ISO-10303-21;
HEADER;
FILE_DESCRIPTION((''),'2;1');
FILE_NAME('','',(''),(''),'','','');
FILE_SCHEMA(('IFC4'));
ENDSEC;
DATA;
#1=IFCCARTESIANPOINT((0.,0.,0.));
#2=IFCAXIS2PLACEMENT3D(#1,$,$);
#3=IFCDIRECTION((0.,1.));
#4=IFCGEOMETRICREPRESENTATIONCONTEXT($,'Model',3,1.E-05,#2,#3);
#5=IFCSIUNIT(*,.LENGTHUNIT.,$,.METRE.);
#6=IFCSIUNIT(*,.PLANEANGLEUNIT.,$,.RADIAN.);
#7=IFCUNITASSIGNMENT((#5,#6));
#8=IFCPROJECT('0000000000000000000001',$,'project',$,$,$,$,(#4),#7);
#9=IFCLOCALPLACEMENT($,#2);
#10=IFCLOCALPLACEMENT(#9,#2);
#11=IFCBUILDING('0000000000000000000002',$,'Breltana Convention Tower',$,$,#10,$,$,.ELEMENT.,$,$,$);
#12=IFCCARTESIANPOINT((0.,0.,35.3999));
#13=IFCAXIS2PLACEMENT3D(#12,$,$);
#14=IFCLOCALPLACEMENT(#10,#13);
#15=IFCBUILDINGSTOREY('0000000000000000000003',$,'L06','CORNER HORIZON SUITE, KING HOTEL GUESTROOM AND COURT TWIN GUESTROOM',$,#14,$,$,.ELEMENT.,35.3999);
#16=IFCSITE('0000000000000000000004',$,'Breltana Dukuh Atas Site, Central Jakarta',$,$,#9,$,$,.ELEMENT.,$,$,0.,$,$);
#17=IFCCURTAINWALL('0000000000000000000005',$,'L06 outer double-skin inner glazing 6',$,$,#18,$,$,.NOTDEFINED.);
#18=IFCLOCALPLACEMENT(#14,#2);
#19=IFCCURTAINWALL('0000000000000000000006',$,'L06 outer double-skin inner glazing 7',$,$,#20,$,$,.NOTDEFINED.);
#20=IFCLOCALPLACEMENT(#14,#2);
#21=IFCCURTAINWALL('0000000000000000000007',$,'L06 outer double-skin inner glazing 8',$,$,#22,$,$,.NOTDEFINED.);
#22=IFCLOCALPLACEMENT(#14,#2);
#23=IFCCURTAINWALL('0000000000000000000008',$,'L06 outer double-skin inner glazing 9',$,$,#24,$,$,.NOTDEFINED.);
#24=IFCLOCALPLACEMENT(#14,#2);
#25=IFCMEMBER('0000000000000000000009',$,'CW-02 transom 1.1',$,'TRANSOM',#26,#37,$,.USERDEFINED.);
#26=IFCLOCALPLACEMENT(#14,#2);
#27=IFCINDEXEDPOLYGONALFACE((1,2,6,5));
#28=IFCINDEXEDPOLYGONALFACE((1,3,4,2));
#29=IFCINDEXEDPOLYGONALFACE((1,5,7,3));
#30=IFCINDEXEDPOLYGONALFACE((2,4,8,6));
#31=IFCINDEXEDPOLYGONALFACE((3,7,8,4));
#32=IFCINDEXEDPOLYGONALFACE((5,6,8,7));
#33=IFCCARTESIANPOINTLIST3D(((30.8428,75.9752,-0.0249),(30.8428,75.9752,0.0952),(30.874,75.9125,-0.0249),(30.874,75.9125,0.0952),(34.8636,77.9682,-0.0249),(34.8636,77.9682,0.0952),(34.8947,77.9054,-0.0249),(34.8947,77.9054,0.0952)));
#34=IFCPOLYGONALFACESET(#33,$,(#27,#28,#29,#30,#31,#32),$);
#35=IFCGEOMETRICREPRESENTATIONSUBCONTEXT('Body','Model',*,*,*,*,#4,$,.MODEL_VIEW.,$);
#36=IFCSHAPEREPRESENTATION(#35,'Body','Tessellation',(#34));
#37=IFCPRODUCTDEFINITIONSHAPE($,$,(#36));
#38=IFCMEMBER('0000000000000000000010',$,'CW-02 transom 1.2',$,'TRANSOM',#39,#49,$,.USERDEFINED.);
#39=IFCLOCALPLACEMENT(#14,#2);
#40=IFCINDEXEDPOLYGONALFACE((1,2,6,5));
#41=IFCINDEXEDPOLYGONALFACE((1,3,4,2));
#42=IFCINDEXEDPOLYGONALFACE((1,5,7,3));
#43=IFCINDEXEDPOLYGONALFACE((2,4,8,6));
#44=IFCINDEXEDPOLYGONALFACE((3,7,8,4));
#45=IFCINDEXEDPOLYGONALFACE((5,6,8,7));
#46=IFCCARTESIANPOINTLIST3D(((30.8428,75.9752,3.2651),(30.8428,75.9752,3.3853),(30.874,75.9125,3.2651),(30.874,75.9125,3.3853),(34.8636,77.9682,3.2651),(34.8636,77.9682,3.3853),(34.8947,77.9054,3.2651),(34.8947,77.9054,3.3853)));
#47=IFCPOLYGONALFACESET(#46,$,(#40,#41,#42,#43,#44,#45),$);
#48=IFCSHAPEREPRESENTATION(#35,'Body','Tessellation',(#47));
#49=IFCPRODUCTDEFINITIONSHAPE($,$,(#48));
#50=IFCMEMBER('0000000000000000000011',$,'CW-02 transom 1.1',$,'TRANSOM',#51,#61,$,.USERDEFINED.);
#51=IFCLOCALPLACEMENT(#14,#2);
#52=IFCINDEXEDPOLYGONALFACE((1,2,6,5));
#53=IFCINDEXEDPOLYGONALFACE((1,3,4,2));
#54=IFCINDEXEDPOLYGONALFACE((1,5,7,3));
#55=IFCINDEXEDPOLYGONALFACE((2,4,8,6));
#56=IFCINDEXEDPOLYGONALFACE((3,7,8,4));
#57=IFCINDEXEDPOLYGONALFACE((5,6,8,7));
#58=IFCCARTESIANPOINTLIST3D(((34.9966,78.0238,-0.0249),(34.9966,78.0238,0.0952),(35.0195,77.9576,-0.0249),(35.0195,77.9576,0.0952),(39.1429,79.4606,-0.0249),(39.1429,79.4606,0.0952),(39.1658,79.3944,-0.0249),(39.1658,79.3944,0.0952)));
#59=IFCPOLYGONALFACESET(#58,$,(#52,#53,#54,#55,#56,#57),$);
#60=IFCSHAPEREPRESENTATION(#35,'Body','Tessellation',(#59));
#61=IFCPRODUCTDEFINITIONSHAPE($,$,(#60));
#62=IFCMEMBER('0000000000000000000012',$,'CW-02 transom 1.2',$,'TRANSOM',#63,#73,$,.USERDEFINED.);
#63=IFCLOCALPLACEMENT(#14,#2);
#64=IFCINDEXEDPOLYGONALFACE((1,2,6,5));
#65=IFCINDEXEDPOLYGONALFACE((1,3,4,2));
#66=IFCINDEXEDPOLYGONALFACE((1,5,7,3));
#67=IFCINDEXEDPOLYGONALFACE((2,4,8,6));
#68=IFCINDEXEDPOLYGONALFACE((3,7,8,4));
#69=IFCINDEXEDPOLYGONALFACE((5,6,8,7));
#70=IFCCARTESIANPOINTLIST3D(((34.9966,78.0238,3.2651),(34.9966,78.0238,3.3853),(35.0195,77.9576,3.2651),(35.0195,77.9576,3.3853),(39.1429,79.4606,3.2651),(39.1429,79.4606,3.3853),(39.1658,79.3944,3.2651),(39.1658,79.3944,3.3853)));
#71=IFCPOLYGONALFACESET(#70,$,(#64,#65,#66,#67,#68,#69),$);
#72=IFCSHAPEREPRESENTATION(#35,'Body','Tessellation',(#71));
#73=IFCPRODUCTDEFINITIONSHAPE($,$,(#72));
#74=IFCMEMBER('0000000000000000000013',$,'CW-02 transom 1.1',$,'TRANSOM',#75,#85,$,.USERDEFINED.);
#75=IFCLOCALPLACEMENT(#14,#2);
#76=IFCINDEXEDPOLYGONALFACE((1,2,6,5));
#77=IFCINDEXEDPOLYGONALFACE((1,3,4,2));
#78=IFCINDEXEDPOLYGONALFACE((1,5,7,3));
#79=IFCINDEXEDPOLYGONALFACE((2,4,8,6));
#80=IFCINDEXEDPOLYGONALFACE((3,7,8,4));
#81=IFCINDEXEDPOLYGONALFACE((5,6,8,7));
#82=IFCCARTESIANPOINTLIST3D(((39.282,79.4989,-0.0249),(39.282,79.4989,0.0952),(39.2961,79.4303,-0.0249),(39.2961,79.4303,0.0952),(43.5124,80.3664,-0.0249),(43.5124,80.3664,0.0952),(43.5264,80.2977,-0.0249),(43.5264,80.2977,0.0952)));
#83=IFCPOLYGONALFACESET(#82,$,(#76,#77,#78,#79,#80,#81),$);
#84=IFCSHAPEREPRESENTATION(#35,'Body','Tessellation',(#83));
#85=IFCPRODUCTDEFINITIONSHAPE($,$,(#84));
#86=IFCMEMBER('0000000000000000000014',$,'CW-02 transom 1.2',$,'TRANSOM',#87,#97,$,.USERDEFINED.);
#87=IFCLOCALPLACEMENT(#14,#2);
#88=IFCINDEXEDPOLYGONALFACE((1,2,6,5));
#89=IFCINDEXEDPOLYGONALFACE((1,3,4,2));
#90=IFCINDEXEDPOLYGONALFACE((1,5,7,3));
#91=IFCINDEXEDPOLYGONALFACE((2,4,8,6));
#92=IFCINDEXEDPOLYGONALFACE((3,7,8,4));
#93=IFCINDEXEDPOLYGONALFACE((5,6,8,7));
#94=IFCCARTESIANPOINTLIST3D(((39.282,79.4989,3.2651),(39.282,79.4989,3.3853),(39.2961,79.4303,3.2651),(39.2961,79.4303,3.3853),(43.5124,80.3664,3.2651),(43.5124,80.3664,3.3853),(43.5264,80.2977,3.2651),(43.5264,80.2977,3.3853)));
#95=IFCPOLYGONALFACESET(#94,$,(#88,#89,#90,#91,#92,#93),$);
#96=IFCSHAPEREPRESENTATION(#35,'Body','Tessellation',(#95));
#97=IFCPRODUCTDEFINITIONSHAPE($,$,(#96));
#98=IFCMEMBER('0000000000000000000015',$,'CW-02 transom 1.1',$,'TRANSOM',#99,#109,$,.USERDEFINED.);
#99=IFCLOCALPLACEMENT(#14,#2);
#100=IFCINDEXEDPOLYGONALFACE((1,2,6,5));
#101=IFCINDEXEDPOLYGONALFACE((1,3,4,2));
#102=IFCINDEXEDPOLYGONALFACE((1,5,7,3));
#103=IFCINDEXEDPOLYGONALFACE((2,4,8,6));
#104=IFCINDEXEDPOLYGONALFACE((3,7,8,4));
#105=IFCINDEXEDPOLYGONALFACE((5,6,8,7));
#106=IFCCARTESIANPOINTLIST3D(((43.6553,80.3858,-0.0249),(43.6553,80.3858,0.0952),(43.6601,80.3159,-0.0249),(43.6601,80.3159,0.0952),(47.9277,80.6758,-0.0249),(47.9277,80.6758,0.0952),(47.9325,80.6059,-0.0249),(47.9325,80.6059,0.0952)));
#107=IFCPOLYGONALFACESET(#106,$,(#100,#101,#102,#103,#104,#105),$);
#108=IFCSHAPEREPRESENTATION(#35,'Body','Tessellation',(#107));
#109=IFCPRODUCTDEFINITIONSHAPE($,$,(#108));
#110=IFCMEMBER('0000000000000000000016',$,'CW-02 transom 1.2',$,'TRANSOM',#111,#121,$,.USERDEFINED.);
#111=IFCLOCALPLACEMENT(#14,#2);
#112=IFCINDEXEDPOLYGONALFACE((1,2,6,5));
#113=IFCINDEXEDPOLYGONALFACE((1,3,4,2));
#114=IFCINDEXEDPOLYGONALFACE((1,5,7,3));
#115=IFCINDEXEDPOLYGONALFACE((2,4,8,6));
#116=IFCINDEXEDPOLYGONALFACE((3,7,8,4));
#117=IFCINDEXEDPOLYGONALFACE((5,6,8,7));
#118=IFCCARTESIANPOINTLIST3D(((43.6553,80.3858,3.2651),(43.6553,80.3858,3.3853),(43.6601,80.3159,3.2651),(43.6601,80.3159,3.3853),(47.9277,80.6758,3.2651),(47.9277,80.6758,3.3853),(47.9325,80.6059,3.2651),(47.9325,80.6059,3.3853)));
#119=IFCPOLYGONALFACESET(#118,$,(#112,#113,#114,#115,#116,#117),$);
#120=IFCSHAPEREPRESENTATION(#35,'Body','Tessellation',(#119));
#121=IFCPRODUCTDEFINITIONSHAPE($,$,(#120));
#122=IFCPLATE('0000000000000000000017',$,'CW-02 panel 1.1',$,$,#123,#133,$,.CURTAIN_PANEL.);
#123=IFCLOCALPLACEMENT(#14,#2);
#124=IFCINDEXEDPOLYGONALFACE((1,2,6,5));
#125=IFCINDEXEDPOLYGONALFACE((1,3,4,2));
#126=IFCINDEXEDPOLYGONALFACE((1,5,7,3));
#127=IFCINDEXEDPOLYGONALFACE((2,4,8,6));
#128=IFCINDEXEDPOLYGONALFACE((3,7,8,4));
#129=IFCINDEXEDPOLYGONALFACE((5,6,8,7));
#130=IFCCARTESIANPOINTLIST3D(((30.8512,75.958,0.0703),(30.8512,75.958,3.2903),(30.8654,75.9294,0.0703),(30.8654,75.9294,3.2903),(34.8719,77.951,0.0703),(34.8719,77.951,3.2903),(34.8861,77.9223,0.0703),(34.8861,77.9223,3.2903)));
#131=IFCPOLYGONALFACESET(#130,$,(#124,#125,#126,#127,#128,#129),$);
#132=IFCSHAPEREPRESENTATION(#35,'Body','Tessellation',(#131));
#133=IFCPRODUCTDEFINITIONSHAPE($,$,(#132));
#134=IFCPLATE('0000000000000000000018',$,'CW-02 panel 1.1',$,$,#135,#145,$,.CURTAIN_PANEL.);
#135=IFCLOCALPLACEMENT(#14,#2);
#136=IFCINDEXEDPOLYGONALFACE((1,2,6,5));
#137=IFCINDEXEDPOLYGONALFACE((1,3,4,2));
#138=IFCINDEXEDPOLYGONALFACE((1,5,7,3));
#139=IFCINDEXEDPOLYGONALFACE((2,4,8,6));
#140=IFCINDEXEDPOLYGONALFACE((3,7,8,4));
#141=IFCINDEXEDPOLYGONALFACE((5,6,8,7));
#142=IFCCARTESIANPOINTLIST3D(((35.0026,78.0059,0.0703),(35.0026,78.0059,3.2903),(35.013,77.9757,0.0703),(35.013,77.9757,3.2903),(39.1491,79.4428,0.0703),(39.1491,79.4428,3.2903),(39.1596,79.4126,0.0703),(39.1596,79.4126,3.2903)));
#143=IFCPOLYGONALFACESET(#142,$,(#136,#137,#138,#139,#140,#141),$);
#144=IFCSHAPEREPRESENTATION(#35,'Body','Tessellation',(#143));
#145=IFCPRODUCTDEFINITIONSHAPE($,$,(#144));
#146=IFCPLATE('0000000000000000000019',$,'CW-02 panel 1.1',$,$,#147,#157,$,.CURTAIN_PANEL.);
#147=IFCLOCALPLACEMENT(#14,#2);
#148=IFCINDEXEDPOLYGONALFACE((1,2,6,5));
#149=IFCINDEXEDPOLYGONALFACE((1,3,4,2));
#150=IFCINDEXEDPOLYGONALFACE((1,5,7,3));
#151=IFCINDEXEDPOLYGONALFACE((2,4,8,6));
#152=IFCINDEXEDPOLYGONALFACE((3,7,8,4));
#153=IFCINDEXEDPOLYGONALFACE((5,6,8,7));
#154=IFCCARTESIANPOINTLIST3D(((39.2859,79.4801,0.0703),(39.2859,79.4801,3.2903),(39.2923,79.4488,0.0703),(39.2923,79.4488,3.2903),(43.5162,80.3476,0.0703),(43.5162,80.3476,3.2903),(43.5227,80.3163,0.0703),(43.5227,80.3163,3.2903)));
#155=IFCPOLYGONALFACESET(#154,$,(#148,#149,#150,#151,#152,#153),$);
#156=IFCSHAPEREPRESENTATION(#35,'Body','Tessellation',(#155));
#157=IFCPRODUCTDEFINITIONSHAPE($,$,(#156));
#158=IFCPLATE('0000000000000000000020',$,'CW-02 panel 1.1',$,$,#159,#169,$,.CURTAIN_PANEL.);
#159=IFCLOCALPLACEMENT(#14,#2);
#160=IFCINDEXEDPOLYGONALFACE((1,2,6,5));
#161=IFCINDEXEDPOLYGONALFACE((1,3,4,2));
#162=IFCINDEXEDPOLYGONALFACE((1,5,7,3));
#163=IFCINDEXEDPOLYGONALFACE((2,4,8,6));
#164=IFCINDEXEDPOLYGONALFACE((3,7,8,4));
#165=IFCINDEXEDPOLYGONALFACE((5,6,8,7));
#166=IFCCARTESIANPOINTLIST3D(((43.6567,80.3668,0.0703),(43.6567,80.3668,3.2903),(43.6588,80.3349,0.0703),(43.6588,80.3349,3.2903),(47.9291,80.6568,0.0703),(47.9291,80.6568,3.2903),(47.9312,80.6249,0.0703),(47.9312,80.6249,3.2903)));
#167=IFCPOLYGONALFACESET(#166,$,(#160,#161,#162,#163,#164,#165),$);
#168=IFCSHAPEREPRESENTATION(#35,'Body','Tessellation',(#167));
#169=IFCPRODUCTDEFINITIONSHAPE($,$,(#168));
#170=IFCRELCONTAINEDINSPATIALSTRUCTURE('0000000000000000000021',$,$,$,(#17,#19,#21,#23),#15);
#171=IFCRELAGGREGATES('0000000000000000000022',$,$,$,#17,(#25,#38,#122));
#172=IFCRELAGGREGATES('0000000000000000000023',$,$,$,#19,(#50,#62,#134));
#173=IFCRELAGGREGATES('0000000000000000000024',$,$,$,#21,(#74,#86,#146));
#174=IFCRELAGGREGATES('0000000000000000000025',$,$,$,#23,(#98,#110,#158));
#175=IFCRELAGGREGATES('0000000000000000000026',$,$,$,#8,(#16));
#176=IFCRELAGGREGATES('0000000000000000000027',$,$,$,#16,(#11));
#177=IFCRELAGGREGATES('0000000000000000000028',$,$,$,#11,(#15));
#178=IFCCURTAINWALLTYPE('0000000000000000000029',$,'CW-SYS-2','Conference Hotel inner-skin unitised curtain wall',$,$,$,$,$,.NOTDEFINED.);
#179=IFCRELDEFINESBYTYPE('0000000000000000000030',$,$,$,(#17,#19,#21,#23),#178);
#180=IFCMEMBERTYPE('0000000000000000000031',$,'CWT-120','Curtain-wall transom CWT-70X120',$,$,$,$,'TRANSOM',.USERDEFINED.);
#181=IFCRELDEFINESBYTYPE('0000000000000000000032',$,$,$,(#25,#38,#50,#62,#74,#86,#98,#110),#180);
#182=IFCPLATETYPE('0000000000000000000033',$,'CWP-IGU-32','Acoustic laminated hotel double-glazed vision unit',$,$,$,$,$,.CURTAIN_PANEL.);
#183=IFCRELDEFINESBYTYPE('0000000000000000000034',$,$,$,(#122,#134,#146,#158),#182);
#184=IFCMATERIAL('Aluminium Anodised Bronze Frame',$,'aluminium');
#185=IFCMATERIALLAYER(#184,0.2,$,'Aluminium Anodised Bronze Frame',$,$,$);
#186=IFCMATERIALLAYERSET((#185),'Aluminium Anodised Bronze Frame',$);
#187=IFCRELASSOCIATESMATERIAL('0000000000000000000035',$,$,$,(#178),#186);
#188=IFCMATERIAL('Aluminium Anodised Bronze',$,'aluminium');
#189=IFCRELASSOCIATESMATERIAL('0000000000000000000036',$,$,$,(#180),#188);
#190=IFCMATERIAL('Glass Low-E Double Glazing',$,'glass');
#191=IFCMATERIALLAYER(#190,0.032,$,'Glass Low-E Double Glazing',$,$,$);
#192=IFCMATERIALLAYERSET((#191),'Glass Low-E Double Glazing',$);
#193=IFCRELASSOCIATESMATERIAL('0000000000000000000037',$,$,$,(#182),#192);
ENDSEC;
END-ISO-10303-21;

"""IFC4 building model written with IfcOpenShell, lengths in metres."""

from ifc_helpers import new_model, si_unit, direction, frame, origin, origin_2d, place, context, subcontext, project, spatial, rectangle, extrude, source, transform, mapped, material, layer, layer_set, material_profile, profile_set, type_object, element, aggregate, save


model = new_model("IFC4")

# Units and contexts
model_context = context("Model", 3, precision=1e-05, world=origin(), true_north=direction((0.0, 1.0)))
body_context = subcontext(model_context, "Body", "Model", "MODEL_VIEW")
ifc_project = project(units=[si_unit("LENGTHUNIT", "METRE"), si_unit("PLANEANGLEUNIT", "RADIAN")], contexts=[model_context])

# Site, building, storey
site_placement = place(None, origin())
site = spatial("IfcSite", under=ifc_project, at=site_placement, Name="Breltana Dukuh Atas Site, Central Jakarta", CompositionType="ELEMENT", RefElevation=0.0)
building_placement = place(site_placement, origin())
building = spatial("IfcBuilding", under=site, at=building_placement, Name="Breltana Convention Tower", CompositionType="ELEMENT")
storey_placement = place(building_placement, frame((0.0, 0.0, 35.3999)))
storey = spatial("IfcBuildingStorey", under=building, at=storey_placement, Name="L06", Description="CORNER HORIZON SUITE, KING HOTEL GUESTROOM AND COURT TWIN GUESTROOM", CompositionType="ELEMENT", Elevation=35.3999)

# Curtain walls
ifc_material_1 = material(Name="Aluminium Anodised Bronze Frame", Category="aluminium")
ifc_layer_1 = layer(ifc_material_1, 0.2, Name="Aluminium Anodised Bronze Frame")
ifc_layer_set_1 = layer_set([ifc_layer_1], Name="Aluminium Anodised Bronze Frame")
curtain_wall_type = type_object("IfcCurtainWallType", Name="CW-SYS-2", Description="Conference Hotel inner-skin unitised curtain wall", PredefinedType="NOTDEFINED", material=ifc_layer_set_1)
curtain_wall_1_placement = place(storey_placement, origin())
curtain_wall_1 = element("IfcCurtainWall", 1, at=curtain_wall_1_placement, inside=storey, type_object=curtain_wall_type, Name="L06 outer double-skin inner glazing 6", PredefinedType="NOTDEFINED")
ifc_material_2 = material(Name="Aluminium Anodised Bronze", Category="aluminium")
curtain_wall_2_placement = place(storey_placement, origin())
curtain_wall_2 = element("IfcCurtainWall", 2, at=curtain_wall_2_placement, inside=storey, type_object=curtain_wall_type, Name="L06 outer double-skin inner glazing 7", PredefinedType="NOTDEFINED")
curtain_wall_3_placement = place(storey_placement, origin())
curtain_wall_3 = element("IfcCurtainWall", 3, at=curtain_wall_3_placement, inside=storey, type_object=curtain_wall_type, Name="L06 outer double-skin inner glazing 8", PredefinedType="NOTDEFINED")
curtain_wall_4_placement = place(storey_placement, origin())
curtain_wall_4 = element("IfcCurtainWall", 4, at=curtain_wall_4_placement, inside=storey, type_object=curtain_wall_type, Name="L06 outer double-skin inner glazing 9", PredefinedType="NOTDEFINED")

# Members
ifc_material_profile_1 = material_profile(ifc_material_2, rectangle(XDim=0.0701, YDim=0.1201, at=origin_2d()), Name="CWT-70X120")
ifc_profile_set_1 = profile_set([ifc_material_profile_1], Name="Aluminium Anodised Bronze")
member_type_1 = type_object("IfcMemberType", Name="CWT-120", Description="Curtain-wall transom CWT-70X120", ElementType="TRANSOM", PredefinedType="USERDEFINED", material=ifc_profile_set_1)
shared_shape_1 = source(origin(), body_context, "Body", "SweptSolid", [
    extrude(rectangle(XDim=0.0701, YDim=0.1201, at=origin_2d()), origin(), (0.0, 0.0, 1.0), 4.4875),
])
member_1_placement = place(storey_placement, frame((30.8584, 75.9438, 0.0352), z_axis=(0.895978, 0.444099, 0.0), x_axis=(-0.444099, 0.895978, 0.0)))
member_1 = element("IfcMember", 5, at=member_1_placement, type_object=member_type_1, Name="CW-02 transom 1.1", ObjectType="TRANSOM", PredefinedType="USERDEFINED", context=body_context, shape_type="MappedRepresentation", body=[
    mapped(shared_shape_1, transform((0.0, 0.0, 0.0), scale=1.0)),
])
member_2_placement = place(storey_placement, frame((30.8584, 75.9438, 3.3252), z_axis=(0.895978, 0.444099, 0.0), x_axis=(-0.444099, 0.895978, 0.0)))
member_2 = element("IfcMember", 6, at=member_2_placement, type_object=member_type_1, Name="CW-02 transom 1.2", ObjectType="TRANSOM", PredefinedType="USERDEFINED", context=body_context, shape_type="MappedRepresentation", body=[
    mapped(shared_shape_1, transform((0.0, 0.0, 0.0), scale=1.0)),
])
shared_shape_2 = source(origin(), body_context, "Body", "SweptSolid", [
    extrude(rectangle(XDim=0.0701, YDim=0.1201, at=origin_2d()), origin(), (0.0, 0.0, 1.0), 4.3882),
])
member_3_placement = place(storey_placement, frame((35.0081, 77.9907, 0.0352), z_axis=(0.944878, 0.327422, 0.0), x_axis=(-0.327422, 0.944878, 0.0)))
member_3 = element("IfcMember", 7, at=member_3_placement, type_object=member_type_1, Name="CW-02 transom 1.1", ObjectType="TRANSOM", PredefinedType="USERDEFINED", context=body_context, shape_type="MappedRepresentation", body=[
    mapped(shared_shape_2, transform((0.0, 0.0, 0.0), scale=1.0)),
])
member_4_placement = place(storey_placement, frame((35.0081, 77.9907, 3.3252), z_axis=(0.944878, 0.327422, 0.0), x_axis=(-0.327422, 0.944878, 0.0)))
member_4 = element("IfcMember", 8, at=member_4_placement, type_object=member_type_1, Name="CW-02 transom 1.2", ObjectType="TRANSOM", PredefinedType="USERDEFINED", context=body_context, shape_type="MappedRepresentation", body=[
    mapped(shared_shape_2, transform((0.0, 0.0, 0.0), scale=1.0)),
])
shared_shape_3 = source(origin(), body_context, "Body", "SweptSolid", [
    extrude(rectangle(XDim=0.0701, YDim=0.1201, at=origin_2d()), origin(), (0.0, 0.0, 1.0), 4.3184),
])
member_5_placement = place(storey_placement, frame((39.2891, 79.4646, 0.0352), z_axis=(0.979617, 0.200876, 0.0), x_axis=(-0.200876, 0.979617, 0.0)))
member_5 = element("IfcMember", 9, at=member_5_placement, type_object=member_type_1, Name="CW-02 transom 1.1", ObjectType="TRANSOM", PredefinedType="USERDEFINED", context=body_context, shape_type="MappedRepresentation", body=[
    mapped(shared_shape_3, transform((0.0, 0.0, 0.0), scale=1.0)),
])
member_6_placement = place(storey_placement, frame((39.2891, 79.4646, 3.3252), z_axis=(0.979617, 0.200876, 0.0), x_axis=(-0.200876, 0.979617, 0.0)))
member_6 = element("IfcMember", 10, at=member_6_placement, type_object=member_type_1, Name="CW-02 transom 1.2", ObjectType="TRANSOM", PredefinedType="USERDEFINED", context=body_context, shape_type="MappedRepresentation", body=[
    mapped(shared_shape_3, transform((0.0, 0.0, 0.0), scale=1.0)),
])
shared_shape_4 = source(origin(), body_context, "Body", "SweptSolid", [
    extrude(rectangle(XDim=0.0701, YDim=0.1201, at=origin_2d()), origin(), (0.0, 0.0, 1.0), 4.2822),
])
member_7_placement = place(storey_placement, frame((43.6577, 80.3508, 0.0352), z_axis=(0.997704, 0.06773, 0.0), x_axis=(-0.06773, 0.997704, 0.0)))
member_7 = element("IfcMember", 11, at=member_7_placement, type_object=member_type_1, Name="CW-02 transom 1.1", ObjectType="TRANSOM", PredefinedType="USERDEFINED", context=body_context, shape_type="MappedRepresentation", body=[
    mapped(shared_shape_4, transform((0.0, 0.0, 0.0), scale=1.0)),
])
member_8_placement = place(storey_placement, frame((43.6577, 80.3508, 3.3252), z_axis=(0.997704, 0.06773, 0.0), x_axis=(-0.06773, 0.997704, 0.0)))
member_8 = element("IfcMember", 12, at=member_8_placement, type_object=member_type_1, Name="CW-02 transom 1.2", ObjectType="TRANSOM", PredefinedType="USERDEFINED", context=body_context, shape_type="MappedRepresentation", body=[
    mapped(shared_shape_4, transform((0.0, 0.0, 0.0), scale=1.0)),
])

# Plates
ifc_material_3 = material(Name="Glass Low-E Double Glazing", Category="glass")
ifc_layer_2 = layer(ifc_material_3, 0.032, Name="Glass Low-E Double Glazing")
ifc_layer_set_2 = layer_set([ifc_layer_2], Name="Glass Low-E Double Glazing")
plate_type = type_object("IfcPlateType", Name="CWP-IGU-32", Description="Acoustic laminated hotel double-glazed vision unit", PredefinedType="CURTAIN_PANEL", material=ifc_layer_set_2)
shared_shape_5 = source(origin(), body_context, "Body", "SweptSolid", [
    extrude(rectangle(XDim=4.4875, YDim=0.032, at=origin_2d()), origin(), (0.0, 0.0, 1.0), 3.22),
])
plate_1_placement = place(storey_placement, frame((32.8687, 76.9402, 0.0703), z_axis=(0.0, 0.0, 1.0), x_axis=(0.895973, 0.444108, 0.0)))
plate_1 = element("IfcPlate", 13, at=plate_1_placement, type_object=plate_type, Name="CW-02 panel 1.1", PredefinedType="CURTAIN_PANEL", context=body_context, shape_type="MappedRepresentation", body=[
    mapped(shared_shape_5, transform((0.0, 0.0, 0.0), scale=1.0)),
])
aggregate(curtain_wall_1, [member_1, member_2, plate_1])
shared_shape_6 = source(origin(), body_context, "Body", "SweptSolid", [
    extrude(rectangle(XDim=4.3884, YDim=0.032, at=origin_2d()), origin(), (0.0, 0.0, 1.0), 3.22),
])
plate_2_placement = place(storey_placement, frame((37.0811, 78.7092, 0.0703), z_axis=(0.0, 0.0, 1.0), x_axis=(0.944876, 0.327428, 0.0)))
plate_2 = element("IfcPlate", 14, at=plate_2_placement, type_object=plate_type, Name="CW-02 panel 1.1", PredefinedType="CURTAIN_PANEL", context=body_context, shape_type="MappedRepresentation", body=[
    mapped(shared_shape_6, transform((0.0, 0.0, 0.0), scale=1.0)),
])
aggregate(curtain_wall_2, [member_3, member_4, plate_2])
shared_shape_7 = source(origin(), body_context, "Body", "SweptSolid", [
    extrude(rectangle(XDim=4.3184, YDim=0.032, at=origin_2d()), origin(), (0.0, 0.0, 1.0), 3.22),
])
plate_3_placement = place(storey_placement, frame((41.4043, 79.8982, 0.0703), z_axis=(0.0, 0.0, 1.0), x_axis=(0.979615, 0.200885, 0.0)))
plate_3 = element("IfcPlate", 15, at=plate_3_placement, type_object=plate_type, Name="CW-02 panel 1.1", PredefinedType="CURTAIN_PANEL", context=body_context, shape_type="MappedRepresentation", body=[
    mapped(shared_shape_7, transform((0.0, 0.0, 0.0), scale=1.0)),
])
aggregate(curtain_wall_3, [member_5, member_6, plate_3])
shared_shape_8 = source(origin(), body_context, "Body", "SweptSolid", [
    extrude(rectangle(XDim=4.2822, YDim=0.032, at=origin_2d()), origin(), (0.0, 0.0, 1.0), 3.22),
])
plate_4_placement = place(storey_placement, frame((45.7939, 80.4958, 0.0703), z_axis=(0.0, 0.0, 1.0), x_axis=(0.997704, 0.067726, 0.0)))
plate_4 = element("IfcPlate", 16, at=plate_4_placement, type_object=plate_type, Name="CW-02 panel 1.1", PredefinedType="CURTAIN_PANEL", context=body_context, shape_type="MappedRepresentation", body=[
    mapped(shared_shape_8, transform((0.0, 0.0, 0.0), scale=1.0)),
])
aggregate(curtain_wall_4, [member_7, member_8, plate_4])

save(model, "model.ifc")
